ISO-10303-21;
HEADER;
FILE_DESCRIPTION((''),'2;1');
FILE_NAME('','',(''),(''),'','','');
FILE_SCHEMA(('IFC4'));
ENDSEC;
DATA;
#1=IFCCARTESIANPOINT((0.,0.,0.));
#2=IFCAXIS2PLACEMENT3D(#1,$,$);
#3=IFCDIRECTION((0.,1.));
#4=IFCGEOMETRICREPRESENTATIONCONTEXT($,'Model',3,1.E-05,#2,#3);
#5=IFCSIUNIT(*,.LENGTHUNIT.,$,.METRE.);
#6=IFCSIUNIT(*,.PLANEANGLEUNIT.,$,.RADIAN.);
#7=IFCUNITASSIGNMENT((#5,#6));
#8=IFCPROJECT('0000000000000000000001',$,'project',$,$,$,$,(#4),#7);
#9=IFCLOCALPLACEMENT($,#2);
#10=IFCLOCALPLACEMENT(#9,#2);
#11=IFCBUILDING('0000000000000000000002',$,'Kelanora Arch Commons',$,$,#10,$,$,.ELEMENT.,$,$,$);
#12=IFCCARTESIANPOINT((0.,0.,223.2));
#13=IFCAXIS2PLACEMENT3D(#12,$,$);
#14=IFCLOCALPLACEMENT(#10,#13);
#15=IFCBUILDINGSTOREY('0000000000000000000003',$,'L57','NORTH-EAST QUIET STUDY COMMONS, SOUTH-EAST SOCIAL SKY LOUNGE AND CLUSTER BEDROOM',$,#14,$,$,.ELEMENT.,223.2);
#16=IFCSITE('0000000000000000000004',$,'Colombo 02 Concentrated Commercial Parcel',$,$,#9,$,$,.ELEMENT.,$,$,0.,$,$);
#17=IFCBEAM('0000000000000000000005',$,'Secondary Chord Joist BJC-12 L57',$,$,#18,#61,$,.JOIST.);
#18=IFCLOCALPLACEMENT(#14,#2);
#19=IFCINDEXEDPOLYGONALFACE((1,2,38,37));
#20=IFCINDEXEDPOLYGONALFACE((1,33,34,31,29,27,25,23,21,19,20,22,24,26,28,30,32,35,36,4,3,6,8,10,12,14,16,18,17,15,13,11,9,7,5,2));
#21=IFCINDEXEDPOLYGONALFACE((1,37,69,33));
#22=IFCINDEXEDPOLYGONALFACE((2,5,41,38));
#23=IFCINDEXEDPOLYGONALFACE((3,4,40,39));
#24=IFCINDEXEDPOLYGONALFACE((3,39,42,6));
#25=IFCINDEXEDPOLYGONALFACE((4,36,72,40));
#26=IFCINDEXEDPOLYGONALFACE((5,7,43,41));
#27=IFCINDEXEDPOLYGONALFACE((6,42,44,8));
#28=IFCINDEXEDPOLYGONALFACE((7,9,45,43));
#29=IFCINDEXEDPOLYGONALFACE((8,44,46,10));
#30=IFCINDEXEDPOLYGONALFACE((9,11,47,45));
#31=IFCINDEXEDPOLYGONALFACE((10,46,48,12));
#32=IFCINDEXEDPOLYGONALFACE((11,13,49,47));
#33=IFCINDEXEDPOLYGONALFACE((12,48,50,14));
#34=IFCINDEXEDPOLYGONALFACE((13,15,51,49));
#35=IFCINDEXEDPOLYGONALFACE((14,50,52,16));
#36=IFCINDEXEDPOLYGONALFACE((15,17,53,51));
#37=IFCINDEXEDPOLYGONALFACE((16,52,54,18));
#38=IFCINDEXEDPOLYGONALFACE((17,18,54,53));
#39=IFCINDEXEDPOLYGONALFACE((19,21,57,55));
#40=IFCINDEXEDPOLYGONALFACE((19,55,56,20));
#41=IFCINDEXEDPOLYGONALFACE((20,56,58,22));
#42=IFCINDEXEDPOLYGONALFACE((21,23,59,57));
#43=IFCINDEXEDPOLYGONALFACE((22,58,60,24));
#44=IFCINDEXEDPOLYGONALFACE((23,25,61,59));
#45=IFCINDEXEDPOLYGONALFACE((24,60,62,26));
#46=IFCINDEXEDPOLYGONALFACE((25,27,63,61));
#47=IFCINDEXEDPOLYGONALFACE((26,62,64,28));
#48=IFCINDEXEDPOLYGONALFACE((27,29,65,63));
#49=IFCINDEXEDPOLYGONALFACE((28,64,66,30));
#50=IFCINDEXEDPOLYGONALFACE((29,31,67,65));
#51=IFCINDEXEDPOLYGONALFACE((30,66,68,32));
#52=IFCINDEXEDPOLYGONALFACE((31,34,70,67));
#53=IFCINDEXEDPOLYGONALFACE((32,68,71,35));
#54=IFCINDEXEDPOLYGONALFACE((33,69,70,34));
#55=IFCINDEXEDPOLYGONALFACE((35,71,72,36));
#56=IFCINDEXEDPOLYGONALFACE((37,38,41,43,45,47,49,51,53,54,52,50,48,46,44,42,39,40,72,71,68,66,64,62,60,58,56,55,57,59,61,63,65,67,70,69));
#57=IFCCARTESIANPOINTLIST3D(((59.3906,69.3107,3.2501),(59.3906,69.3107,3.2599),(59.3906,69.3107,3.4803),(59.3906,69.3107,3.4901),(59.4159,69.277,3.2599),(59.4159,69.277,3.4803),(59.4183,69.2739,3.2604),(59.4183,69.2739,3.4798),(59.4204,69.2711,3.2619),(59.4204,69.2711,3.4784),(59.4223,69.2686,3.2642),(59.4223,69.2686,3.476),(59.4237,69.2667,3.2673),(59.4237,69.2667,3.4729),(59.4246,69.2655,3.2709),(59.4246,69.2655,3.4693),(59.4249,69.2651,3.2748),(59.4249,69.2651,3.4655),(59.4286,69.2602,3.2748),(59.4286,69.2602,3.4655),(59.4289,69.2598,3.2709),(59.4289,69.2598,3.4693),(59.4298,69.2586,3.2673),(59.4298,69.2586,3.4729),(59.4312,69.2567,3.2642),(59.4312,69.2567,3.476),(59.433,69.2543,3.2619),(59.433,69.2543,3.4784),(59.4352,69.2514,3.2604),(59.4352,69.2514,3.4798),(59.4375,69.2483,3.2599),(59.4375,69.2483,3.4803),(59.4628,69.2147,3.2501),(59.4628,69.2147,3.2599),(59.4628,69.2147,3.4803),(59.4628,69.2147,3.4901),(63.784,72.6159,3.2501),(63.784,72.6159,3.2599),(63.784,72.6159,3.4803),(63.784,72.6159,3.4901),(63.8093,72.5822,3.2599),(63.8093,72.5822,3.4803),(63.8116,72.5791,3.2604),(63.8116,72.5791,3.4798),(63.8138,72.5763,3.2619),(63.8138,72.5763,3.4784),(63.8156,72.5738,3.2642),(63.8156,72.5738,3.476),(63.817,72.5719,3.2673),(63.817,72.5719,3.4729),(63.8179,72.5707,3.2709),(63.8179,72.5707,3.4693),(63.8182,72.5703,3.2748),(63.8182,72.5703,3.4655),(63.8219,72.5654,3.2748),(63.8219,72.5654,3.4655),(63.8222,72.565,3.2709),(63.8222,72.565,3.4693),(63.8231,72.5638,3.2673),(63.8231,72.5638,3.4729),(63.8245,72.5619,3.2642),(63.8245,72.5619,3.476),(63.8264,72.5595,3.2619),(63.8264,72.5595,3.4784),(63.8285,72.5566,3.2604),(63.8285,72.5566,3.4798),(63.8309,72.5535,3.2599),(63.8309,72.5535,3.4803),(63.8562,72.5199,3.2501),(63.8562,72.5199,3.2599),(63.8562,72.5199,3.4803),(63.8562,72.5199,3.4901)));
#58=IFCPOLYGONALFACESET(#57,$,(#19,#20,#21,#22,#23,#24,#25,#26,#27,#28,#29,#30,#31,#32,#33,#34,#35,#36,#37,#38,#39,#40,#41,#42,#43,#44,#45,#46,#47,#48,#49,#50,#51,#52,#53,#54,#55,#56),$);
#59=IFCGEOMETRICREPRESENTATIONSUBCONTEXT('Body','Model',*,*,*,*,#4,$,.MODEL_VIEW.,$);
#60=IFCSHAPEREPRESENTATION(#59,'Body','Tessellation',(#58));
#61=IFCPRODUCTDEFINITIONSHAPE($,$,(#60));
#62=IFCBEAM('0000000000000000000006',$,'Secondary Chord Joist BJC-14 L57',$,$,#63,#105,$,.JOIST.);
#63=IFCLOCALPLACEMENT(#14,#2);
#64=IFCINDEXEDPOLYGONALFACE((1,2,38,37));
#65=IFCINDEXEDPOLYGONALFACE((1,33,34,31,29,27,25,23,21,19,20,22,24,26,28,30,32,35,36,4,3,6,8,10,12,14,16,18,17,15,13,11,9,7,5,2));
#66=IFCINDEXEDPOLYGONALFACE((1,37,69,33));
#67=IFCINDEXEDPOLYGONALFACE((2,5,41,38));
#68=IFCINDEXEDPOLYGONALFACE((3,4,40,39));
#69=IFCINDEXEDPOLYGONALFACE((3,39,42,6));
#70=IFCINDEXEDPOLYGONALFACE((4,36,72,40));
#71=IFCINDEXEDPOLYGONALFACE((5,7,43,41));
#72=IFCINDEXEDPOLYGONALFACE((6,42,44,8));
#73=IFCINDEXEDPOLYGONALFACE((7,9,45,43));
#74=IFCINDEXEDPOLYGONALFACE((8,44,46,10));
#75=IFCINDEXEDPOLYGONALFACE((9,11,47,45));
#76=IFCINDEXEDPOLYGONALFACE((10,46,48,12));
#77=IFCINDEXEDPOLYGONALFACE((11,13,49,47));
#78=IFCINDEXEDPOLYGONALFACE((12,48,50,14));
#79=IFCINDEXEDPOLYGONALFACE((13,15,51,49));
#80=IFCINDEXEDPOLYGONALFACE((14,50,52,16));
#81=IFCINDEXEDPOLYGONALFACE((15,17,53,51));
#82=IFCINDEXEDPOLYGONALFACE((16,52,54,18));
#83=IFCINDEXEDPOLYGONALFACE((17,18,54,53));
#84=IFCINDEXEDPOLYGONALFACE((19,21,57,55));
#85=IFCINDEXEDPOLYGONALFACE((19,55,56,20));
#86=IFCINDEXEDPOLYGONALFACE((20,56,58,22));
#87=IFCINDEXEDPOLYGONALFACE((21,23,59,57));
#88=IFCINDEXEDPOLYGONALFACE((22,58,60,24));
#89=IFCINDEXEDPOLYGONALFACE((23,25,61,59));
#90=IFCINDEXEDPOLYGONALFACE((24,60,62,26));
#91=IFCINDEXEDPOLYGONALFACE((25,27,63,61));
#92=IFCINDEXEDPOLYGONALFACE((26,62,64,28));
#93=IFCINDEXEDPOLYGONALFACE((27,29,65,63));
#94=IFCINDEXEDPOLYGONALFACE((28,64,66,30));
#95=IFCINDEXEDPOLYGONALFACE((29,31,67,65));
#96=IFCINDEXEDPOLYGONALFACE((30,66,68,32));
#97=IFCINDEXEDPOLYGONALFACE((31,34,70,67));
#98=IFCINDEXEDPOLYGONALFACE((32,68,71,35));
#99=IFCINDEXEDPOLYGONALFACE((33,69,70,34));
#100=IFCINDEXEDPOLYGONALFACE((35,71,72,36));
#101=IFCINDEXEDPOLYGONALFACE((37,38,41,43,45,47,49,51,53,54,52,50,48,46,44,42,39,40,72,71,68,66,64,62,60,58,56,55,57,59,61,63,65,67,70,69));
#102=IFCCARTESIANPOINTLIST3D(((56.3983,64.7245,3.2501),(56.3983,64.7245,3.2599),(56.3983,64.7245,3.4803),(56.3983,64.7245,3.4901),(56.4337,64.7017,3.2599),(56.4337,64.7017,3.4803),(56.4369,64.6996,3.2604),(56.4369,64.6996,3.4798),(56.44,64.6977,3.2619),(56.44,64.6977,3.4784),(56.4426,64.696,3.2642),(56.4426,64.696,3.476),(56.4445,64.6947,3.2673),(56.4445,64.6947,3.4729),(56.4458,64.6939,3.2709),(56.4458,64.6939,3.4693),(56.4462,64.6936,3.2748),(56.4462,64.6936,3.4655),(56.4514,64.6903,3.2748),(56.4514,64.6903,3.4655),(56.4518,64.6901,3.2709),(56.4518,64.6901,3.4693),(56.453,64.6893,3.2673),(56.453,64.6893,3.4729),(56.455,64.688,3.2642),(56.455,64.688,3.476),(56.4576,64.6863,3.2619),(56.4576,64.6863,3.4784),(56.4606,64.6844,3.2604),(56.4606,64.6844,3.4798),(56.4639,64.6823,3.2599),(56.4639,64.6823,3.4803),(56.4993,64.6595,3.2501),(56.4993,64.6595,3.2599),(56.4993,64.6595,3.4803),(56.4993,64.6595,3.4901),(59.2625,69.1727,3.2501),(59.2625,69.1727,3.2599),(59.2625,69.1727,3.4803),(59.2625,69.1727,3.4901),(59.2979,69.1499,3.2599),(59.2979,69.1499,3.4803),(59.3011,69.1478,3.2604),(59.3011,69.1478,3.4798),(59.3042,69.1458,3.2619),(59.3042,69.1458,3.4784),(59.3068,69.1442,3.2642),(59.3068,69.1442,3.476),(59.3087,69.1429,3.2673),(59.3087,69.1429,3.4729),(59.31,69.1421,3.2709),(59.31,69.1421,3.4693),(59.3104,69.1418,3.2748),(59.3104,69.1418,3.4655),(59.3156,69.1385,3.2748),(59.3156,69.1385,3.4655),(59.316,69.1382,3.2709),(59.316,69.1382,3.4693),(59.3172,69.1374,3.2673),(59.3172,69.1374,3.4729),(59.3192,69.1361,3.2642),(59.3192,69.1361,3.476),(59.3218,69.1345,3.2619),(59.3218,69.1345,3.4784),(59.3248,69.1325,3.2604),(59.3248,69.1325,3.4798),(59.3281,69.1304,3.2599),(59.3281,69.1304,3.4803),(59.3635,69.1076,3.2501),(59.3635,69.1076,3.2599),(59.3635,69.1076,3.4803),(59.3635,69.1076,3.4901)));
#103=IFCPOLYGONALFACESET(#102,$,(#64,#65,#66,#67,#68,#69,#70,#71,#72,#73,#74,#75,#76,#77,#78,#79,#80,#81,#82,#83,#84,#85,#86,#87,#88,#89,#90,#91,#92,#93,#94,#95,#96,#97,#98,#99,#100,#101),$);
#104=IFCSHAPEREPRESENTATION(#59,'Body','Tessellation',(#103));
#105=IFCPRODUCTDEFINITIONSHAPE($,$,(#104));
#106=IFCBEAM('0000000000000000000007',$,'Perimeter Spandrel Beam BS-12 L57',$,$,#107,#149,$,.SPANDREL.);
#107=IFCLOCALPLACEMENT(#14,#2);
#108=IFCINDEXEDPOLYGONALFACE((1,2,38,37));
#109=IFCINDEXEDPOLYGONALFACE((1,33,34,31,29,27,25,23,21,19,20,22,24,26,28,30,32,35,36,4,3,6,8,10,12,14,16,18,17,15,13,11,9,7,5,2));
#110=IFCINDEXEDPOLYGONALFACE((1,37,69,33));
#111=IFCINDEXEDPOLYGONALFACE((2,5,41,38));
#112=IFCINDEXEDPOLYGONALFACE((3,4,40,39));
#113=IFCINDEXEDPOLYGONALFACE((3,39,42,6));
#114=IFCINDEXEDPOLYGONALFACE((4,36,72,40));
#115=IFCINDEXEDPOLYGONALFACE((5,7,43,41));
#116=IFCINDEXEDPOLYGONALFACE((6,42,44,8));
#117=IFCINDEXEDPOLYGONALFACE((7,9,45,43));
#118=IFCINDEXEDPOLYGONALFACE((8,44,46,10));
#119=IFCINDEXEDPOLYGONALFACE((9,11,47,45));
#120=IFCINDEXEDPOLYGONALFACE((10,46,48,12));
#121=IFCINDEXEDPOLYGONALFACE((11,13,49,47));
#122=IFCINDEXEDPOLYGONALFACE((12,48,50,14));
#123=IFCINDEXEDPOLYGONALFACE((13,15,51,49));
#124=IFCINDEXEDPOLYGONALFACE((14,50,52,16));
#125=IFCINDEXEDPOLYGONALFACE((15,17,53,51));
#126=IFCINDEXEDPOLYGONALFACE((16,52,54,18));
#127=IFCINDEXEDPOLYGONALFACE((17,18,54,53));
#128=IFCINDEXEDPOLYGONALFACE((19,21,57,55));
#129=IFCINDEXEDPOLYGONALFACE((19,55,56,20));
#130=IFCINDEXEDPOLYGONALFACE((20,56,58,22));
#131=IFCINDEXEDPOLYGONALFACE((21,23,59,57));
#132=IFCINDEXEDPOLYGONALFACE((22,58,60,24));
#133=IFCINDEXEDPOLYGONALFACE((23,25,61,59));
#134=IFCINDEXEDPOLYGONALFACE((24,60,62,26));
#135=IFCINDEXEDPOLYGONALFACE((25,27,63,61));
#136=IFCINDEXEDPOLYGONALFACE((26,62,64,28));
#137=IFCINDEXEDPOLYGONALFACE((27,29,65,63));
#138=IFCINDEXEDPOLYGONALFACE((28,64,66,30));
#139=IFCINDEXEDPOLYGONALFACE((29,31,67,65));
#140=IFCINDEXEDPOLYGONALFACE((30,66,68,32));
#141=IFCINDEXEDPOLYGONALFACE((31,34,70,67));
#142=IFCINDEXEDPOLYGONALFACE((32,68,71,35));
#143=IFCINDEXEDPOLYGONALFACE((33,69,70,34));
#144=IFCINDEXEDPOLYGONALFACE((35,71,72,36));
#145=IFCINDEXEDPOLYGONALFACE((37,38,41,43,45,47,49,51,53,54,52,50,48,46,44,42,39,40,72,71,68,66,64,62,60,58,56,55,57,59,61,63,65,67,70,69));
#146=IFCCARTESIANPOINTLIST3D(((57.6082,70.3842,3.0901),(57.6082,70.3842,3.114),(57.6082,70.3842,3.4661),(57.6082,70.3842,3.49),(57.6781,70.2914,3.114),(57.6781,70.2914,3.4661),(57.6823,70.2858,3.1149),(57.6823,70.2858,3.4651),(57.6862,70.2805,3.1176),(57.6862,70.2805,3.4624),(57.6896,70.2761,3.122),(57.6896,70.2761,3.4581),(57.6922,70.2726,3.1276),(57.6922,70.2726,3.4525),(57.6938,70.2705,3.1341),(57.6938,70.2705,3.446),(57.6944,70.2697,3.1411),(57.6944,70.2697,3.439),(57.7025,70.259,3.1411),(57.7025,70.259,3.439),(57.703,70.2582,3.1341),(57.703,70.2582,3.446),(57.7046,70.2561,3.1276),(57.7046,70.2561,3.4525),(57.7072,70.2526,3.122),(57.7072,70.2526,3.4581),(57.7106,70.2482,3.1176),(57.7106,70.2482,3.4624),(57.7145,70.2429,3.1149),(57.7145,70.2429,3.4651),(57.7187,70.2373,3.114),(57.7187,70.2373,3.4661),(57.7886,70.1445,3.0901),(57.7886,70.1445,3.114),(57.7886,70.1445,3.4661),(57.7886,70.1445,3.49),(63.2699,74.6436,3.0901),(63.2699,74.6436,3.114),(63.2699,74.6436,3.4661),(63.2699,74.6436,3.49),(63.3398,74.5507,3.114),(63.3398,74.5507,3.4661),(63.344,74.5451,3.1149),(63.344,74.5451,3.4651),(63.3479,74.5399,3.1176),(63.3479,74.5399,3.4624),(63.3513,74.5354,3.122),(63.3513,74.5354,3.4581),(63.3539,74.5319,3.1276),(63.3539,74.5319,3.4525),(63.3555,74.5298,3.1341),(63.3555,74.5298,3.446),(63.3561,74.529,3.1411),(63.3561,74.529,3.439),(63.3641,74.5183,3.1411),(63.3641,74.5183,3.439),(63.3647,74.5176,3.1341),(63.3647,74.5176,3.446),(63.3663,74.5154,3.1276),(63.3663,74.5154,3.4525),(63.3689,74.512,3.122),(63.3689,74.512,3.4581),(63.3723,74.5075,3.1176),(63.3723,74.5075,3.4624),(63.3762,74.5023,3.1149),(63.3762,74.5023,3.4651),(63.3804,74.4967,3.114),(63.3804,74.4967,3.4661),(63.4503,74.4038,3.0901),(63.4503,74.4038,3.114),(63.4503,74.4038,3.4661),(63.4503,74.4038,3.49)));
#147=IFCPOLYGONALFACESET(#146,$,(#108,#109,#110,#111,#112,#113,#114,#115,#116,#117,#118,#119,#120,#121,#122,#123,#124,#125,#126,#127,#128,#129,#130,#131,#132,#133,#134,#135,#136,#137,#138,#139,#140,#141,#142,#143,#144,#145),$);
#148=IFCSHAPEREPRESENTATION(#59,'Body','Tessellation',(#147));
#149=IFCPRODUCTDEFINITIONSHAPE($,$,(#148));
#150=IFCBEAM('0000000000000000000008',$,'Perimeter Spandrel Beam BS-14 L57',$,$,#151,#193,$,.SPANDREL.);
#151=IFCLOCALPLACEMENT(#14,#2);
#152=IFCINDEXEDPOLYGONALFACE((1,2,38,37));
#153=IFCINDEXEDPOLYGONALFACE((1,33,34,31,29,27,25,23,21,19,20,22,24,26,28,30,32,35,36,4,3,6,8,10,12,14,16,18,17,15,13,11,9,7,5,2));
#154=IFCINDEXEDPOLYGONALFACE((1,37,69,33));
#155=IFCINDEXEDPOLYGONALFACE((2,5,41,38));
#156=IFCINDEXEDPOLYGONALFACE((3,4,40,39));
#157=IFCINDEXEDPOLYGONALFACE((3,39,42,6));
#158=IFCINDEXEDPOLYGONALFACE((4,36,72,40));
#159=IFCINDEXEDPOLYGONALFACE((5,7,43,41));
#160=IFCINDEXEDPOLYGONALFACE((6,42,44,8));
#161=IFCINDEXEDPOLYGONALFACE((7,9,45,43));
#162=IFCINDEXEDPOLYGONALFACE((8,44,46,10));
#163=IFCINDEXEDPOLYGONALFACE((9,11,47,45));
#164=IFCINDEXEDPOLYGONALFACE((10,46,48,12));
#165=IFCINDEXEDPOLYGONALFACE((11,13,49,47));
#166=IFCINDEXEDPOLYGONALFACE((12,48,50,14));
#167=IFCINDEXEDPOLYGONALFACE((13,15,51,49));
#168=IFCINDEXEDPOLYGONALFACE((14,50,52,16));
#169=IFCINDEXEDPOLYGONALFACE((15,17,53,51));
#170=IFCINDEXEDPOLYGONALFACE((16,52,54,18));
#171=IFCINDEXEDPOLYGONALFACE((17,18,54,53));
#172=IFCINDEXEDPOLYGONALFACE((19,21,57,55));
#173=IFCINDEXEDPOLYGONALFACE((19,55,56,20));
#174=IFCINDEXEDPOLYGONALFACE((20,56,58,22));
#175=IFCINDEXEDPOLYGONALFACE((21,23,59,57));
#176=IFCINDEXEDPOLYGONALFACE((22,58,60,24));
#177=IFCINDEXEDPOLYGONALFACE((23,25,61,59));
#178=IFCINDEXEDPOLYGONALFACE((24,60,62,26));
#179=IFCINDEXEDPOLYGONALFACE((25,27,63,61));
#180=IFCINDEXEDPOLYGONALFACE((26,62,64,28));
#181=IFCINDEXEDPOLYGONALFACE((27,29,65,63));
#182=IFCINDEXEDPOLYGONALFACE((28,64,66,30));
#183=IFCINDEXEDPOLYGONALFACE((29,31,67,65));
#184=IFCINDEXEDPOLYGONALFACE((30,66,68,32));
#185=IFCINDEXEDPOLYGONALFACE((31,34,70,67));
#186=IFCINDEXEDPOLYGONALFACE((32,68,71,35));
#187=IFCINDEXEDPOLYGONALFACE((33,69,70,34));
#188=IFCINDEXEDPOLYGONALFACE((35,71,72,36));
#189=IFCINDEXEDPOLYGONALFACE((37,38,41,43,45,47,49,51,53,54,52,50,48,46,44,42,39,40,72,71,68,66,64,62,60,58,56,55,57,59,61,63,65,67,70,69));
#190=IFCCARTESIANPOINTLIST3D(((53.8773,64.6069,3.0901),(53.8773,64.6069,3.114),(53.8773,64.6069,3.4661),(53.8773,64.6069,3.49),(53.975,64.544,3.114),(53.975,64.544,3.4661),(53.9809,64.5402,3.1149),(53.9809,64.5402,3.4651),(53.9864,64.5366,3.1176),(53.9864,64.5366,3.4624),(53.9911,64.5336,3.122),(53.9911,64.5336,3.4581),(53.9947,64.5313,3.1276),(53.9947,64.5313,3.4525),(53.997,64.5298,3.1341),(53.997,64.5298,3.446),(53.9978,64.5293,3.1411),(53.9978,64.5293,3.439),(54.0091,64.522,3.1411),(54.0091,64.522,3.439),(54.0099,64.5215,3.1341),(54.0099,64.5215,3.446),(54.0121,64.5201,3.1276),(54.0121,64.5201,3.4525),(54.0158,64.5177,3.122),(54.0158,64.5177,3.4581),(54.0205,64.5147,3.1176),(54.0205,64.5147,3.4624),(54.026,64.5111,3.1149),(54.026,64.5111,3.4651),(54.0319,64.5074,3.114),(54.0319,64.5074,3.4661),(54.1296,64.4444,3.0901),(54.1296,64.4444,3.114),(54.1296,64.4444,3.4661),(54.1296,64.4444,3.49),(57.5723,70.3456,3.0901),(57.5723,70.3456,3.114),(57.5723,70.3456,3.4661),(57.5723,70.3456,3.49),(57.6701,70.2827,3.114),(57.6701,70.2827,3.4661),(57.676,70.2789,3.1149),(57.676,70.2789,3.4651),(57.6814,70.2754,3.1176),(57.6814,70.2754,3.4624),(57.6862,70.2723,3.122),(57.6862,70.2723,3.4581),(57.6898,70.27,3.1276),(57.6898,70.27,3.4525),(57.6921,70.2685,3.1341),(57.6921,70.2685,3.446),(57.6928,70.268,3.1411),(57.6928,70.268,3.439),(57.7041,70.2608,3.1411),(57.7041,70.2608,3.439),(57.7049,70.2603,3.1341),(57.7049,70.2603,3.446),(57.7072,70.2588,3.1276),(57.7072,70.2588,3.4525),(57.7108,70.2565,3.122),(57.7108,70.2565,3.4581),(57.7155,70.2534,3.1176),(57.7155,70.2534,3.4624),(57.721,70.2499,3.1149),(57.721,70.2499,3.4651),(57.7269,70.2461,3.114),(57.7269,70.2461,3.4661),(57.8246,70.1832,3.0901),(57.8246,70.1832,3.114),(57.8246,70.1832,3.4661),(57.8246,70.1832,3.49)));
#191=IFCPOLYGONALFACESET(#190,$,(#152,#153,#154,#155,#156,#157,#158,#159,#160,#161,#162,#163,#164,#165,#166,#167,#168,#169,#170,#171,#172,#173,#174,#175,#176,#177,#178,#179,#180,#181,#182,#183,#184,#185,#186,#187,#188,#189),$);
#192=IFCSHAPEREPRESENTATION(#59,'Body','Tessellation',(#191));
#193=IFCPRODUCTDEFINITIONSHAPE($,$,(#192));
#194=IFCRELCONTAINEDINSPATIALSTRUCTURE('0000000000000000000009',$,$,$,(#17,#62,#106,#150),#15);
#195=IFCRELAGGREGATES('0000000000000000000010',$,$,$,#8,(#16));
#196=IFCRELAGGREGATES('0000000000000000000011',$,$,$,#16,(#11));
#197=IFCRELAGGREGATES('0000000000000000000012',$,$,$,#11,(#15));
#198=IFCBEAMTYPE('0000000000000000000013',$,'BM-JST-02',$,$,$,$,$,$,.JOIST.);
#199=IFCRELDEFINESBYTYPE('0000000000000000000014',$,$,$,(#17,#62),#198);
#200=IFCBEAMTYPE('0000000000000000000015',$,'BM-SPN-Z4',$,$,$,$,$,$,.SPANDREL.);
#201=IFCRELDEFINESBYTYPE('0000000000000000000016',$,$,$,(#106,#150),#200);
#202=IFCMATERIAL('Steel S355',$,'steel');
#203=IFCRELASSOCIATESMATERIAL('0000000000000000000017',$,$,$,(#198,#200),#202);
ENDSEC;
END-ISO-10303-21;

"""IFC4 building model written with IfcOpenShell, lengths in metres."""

from ifc_helpers import new_model, si_unit, direction, frame, origin, origin_2d, place, context, subcontext, project, spatial, i_section, extrude, material, material_profile, profile_set, type_object, element, save


model = new_model("IFC4")

# Units and contexts
model_context = context("Model", 3, precision=1e-05, world=origin(), true_north=direction((0.0, 1.0)))
body_context = subcontext(model_context, "Body", "Model", "MODEL_VIEW")
ifc_project = project(units=[si_unit("LENGTHUNIT", "METRE"), si_unit("PLANEANGLEUNIT", "RADIAN")], contexts=[model_context])

# Site, building, storey
site_placement = place(None, origin())
site = spatial("IfcSite", under=ifc_project, at=site_placement, Name="Colombo 02 Concentrated Commercial Parcel", CompositionType="ELEMENT", RefElevation=0.0)
building_placement = place(site_placement, origin())
building = spatial("IfcBuilding", under=site, at=building_placement, Name="Kelanora Arch Commons", CompositionType="ELEMENT")
storey_placement = place(building_placement, frame((0.0, 0.0, 223.2)))
storey = spatial("IfcBuildingStorey", under=building, at=storey_placement, Name="L57", Description="NORTH-EAST QUIET STUDY COMMONS, SOUTH-EAST SOCIAL SKY LOUNGE AND CLUSTER BEDROOM", CompositionType="ELEMENT", Elevation=223.2)

# Beams
ifc_material_1 = material(Name="Steel S355", Category="steel")
ifc_material_profile_1 = material_profile(ifc_material_1, i_section(OverallWidth=0.1201, OverallDepth=0.24, WebThickness=0.0061, FlangeThickness=0.0098, FilletRadius=0.0149, at=origin_2d()), Name="IPE240")
ifc_profile_set_1 = profile_set([ifc_material_profile_1], Name="Steel S355")
beam_type_1 = type_object("IfcBeamType", Name="BM-JST-02", PredefinedType="JOIST", material=ifc_profile_set_1)
beam_1_placement = place(storey_placement, frame((63.8201, 72.5679, 3.3701), z_axis=(-0.799109, -0.601186, 0.0), x_axis=(0.601186, -0.799109, 0.0)))
element("IfcBeam", 1, at=beam_1_placement, inside=storey, type_object=beam_type_1, Name="Secondary Chord Joist BJC-12 L57", PredefinedType="JOIST", context=body_context, shape_type="SweptSolid", body=[
    extrude(i_section(OverallWidth=0.1201, OverallDepth=0.24, WebThickness=0.0061, FlangeThickness=0.0098, FilletRadius=0.0149, at=origin_2d()), origin(), (0.0, 0.0, 1.0), 5.4978),
])
beam_2_placement = place(storey_placement, frame((59.313, 69.1401, 3.3701), z_axis=(-0.541382, -0.840776, 0.0), x_axis=(0.840776, -0.541382, 0.0)))
element("IfcBeam", 2, at=beam_2_placement, inside=storey, type_object=beam_type_1, Name="Secondary Chord Joist BJC-14 L57", PredefinedType="JOIST", context=body_context, shape_type="SweptSolid", body=[
    extrude(i_section(OverallWidth=0.1201, OverallDepth=0.24, WebThickness=0.0061, FlangeThickness=0.0098, FilletRadius=0.0149, at=origin_2d()), origin(), (0.0, 0.0, 1.0), 5.2905),
])
ifc_material_profile_2 = material_profile(ifc_material_1, i_section(OverallWidth=0.3, OverallDepth=0.3999, WebThickness=0.0134, FlangeThickness=0.0239, FilletRadius=0.0271, at=origin_2d()), Name="HEB400")
ifc_profile_set_2 = profile_set([ifc_material_profile_2], Name="Steel S355")
beam_type_2 = type_object("IfcBeamType", Name="BM-SPN-Z4", PredefinedType="SPANDREL", material=ifc_profile_set_2)
beam_3_placement = place(storey_placement, frame((63.3601, 74.5237, 3.29), z_axis=(-0.799114, -0.601179, 0.0), x_axis=(0.601179, -0.799114, 0.0)))
element("IfcBeam", 3, at=beam_3_placement, inside=storey, type_object=beam_type_2, Name="Perimeter Spandrel Beam BS-12 L57", PredefinedType="SPANDREL", context=body_context, shape_type="SweptSolid", body=[
    extrude(i_section(OverallWidth=0.3, OverallDepth=0.3999, WebThickness=0.0134, FlangeThickness=0.0239, FilletRadius=0.0271, at=origin_2d()), origin(), (0.0, 0.0, 1.0), 7.085),
])
beam_4_placement = place(storey_placement, frame((57.6985, 70.2644, 3.29), z_axis=(-0.541365, -0.840788, 0.0), x_axis=(0.840788, -0.541365, 0.0)))
element("IfcBeam", 4, at=beam_4_placement, inside=storey, type_object=beam_type_2, Name="Perimeter Spandrel Beam BS-14 L57", PredefinedType="SPANDREL", context=body_context, shape_type="SweptSolid", body=[
    extrude(i_section(OverallWidth=0.3, OverallDepth=0.3999, WebThickness=0.0134, FlangeThickness=0.0239, FilletRadius=0.0271, at=origin_2d()), origin(), (0.0, 0.0, 1.0), 6.8254),
])

save(model, "model.ifc")
